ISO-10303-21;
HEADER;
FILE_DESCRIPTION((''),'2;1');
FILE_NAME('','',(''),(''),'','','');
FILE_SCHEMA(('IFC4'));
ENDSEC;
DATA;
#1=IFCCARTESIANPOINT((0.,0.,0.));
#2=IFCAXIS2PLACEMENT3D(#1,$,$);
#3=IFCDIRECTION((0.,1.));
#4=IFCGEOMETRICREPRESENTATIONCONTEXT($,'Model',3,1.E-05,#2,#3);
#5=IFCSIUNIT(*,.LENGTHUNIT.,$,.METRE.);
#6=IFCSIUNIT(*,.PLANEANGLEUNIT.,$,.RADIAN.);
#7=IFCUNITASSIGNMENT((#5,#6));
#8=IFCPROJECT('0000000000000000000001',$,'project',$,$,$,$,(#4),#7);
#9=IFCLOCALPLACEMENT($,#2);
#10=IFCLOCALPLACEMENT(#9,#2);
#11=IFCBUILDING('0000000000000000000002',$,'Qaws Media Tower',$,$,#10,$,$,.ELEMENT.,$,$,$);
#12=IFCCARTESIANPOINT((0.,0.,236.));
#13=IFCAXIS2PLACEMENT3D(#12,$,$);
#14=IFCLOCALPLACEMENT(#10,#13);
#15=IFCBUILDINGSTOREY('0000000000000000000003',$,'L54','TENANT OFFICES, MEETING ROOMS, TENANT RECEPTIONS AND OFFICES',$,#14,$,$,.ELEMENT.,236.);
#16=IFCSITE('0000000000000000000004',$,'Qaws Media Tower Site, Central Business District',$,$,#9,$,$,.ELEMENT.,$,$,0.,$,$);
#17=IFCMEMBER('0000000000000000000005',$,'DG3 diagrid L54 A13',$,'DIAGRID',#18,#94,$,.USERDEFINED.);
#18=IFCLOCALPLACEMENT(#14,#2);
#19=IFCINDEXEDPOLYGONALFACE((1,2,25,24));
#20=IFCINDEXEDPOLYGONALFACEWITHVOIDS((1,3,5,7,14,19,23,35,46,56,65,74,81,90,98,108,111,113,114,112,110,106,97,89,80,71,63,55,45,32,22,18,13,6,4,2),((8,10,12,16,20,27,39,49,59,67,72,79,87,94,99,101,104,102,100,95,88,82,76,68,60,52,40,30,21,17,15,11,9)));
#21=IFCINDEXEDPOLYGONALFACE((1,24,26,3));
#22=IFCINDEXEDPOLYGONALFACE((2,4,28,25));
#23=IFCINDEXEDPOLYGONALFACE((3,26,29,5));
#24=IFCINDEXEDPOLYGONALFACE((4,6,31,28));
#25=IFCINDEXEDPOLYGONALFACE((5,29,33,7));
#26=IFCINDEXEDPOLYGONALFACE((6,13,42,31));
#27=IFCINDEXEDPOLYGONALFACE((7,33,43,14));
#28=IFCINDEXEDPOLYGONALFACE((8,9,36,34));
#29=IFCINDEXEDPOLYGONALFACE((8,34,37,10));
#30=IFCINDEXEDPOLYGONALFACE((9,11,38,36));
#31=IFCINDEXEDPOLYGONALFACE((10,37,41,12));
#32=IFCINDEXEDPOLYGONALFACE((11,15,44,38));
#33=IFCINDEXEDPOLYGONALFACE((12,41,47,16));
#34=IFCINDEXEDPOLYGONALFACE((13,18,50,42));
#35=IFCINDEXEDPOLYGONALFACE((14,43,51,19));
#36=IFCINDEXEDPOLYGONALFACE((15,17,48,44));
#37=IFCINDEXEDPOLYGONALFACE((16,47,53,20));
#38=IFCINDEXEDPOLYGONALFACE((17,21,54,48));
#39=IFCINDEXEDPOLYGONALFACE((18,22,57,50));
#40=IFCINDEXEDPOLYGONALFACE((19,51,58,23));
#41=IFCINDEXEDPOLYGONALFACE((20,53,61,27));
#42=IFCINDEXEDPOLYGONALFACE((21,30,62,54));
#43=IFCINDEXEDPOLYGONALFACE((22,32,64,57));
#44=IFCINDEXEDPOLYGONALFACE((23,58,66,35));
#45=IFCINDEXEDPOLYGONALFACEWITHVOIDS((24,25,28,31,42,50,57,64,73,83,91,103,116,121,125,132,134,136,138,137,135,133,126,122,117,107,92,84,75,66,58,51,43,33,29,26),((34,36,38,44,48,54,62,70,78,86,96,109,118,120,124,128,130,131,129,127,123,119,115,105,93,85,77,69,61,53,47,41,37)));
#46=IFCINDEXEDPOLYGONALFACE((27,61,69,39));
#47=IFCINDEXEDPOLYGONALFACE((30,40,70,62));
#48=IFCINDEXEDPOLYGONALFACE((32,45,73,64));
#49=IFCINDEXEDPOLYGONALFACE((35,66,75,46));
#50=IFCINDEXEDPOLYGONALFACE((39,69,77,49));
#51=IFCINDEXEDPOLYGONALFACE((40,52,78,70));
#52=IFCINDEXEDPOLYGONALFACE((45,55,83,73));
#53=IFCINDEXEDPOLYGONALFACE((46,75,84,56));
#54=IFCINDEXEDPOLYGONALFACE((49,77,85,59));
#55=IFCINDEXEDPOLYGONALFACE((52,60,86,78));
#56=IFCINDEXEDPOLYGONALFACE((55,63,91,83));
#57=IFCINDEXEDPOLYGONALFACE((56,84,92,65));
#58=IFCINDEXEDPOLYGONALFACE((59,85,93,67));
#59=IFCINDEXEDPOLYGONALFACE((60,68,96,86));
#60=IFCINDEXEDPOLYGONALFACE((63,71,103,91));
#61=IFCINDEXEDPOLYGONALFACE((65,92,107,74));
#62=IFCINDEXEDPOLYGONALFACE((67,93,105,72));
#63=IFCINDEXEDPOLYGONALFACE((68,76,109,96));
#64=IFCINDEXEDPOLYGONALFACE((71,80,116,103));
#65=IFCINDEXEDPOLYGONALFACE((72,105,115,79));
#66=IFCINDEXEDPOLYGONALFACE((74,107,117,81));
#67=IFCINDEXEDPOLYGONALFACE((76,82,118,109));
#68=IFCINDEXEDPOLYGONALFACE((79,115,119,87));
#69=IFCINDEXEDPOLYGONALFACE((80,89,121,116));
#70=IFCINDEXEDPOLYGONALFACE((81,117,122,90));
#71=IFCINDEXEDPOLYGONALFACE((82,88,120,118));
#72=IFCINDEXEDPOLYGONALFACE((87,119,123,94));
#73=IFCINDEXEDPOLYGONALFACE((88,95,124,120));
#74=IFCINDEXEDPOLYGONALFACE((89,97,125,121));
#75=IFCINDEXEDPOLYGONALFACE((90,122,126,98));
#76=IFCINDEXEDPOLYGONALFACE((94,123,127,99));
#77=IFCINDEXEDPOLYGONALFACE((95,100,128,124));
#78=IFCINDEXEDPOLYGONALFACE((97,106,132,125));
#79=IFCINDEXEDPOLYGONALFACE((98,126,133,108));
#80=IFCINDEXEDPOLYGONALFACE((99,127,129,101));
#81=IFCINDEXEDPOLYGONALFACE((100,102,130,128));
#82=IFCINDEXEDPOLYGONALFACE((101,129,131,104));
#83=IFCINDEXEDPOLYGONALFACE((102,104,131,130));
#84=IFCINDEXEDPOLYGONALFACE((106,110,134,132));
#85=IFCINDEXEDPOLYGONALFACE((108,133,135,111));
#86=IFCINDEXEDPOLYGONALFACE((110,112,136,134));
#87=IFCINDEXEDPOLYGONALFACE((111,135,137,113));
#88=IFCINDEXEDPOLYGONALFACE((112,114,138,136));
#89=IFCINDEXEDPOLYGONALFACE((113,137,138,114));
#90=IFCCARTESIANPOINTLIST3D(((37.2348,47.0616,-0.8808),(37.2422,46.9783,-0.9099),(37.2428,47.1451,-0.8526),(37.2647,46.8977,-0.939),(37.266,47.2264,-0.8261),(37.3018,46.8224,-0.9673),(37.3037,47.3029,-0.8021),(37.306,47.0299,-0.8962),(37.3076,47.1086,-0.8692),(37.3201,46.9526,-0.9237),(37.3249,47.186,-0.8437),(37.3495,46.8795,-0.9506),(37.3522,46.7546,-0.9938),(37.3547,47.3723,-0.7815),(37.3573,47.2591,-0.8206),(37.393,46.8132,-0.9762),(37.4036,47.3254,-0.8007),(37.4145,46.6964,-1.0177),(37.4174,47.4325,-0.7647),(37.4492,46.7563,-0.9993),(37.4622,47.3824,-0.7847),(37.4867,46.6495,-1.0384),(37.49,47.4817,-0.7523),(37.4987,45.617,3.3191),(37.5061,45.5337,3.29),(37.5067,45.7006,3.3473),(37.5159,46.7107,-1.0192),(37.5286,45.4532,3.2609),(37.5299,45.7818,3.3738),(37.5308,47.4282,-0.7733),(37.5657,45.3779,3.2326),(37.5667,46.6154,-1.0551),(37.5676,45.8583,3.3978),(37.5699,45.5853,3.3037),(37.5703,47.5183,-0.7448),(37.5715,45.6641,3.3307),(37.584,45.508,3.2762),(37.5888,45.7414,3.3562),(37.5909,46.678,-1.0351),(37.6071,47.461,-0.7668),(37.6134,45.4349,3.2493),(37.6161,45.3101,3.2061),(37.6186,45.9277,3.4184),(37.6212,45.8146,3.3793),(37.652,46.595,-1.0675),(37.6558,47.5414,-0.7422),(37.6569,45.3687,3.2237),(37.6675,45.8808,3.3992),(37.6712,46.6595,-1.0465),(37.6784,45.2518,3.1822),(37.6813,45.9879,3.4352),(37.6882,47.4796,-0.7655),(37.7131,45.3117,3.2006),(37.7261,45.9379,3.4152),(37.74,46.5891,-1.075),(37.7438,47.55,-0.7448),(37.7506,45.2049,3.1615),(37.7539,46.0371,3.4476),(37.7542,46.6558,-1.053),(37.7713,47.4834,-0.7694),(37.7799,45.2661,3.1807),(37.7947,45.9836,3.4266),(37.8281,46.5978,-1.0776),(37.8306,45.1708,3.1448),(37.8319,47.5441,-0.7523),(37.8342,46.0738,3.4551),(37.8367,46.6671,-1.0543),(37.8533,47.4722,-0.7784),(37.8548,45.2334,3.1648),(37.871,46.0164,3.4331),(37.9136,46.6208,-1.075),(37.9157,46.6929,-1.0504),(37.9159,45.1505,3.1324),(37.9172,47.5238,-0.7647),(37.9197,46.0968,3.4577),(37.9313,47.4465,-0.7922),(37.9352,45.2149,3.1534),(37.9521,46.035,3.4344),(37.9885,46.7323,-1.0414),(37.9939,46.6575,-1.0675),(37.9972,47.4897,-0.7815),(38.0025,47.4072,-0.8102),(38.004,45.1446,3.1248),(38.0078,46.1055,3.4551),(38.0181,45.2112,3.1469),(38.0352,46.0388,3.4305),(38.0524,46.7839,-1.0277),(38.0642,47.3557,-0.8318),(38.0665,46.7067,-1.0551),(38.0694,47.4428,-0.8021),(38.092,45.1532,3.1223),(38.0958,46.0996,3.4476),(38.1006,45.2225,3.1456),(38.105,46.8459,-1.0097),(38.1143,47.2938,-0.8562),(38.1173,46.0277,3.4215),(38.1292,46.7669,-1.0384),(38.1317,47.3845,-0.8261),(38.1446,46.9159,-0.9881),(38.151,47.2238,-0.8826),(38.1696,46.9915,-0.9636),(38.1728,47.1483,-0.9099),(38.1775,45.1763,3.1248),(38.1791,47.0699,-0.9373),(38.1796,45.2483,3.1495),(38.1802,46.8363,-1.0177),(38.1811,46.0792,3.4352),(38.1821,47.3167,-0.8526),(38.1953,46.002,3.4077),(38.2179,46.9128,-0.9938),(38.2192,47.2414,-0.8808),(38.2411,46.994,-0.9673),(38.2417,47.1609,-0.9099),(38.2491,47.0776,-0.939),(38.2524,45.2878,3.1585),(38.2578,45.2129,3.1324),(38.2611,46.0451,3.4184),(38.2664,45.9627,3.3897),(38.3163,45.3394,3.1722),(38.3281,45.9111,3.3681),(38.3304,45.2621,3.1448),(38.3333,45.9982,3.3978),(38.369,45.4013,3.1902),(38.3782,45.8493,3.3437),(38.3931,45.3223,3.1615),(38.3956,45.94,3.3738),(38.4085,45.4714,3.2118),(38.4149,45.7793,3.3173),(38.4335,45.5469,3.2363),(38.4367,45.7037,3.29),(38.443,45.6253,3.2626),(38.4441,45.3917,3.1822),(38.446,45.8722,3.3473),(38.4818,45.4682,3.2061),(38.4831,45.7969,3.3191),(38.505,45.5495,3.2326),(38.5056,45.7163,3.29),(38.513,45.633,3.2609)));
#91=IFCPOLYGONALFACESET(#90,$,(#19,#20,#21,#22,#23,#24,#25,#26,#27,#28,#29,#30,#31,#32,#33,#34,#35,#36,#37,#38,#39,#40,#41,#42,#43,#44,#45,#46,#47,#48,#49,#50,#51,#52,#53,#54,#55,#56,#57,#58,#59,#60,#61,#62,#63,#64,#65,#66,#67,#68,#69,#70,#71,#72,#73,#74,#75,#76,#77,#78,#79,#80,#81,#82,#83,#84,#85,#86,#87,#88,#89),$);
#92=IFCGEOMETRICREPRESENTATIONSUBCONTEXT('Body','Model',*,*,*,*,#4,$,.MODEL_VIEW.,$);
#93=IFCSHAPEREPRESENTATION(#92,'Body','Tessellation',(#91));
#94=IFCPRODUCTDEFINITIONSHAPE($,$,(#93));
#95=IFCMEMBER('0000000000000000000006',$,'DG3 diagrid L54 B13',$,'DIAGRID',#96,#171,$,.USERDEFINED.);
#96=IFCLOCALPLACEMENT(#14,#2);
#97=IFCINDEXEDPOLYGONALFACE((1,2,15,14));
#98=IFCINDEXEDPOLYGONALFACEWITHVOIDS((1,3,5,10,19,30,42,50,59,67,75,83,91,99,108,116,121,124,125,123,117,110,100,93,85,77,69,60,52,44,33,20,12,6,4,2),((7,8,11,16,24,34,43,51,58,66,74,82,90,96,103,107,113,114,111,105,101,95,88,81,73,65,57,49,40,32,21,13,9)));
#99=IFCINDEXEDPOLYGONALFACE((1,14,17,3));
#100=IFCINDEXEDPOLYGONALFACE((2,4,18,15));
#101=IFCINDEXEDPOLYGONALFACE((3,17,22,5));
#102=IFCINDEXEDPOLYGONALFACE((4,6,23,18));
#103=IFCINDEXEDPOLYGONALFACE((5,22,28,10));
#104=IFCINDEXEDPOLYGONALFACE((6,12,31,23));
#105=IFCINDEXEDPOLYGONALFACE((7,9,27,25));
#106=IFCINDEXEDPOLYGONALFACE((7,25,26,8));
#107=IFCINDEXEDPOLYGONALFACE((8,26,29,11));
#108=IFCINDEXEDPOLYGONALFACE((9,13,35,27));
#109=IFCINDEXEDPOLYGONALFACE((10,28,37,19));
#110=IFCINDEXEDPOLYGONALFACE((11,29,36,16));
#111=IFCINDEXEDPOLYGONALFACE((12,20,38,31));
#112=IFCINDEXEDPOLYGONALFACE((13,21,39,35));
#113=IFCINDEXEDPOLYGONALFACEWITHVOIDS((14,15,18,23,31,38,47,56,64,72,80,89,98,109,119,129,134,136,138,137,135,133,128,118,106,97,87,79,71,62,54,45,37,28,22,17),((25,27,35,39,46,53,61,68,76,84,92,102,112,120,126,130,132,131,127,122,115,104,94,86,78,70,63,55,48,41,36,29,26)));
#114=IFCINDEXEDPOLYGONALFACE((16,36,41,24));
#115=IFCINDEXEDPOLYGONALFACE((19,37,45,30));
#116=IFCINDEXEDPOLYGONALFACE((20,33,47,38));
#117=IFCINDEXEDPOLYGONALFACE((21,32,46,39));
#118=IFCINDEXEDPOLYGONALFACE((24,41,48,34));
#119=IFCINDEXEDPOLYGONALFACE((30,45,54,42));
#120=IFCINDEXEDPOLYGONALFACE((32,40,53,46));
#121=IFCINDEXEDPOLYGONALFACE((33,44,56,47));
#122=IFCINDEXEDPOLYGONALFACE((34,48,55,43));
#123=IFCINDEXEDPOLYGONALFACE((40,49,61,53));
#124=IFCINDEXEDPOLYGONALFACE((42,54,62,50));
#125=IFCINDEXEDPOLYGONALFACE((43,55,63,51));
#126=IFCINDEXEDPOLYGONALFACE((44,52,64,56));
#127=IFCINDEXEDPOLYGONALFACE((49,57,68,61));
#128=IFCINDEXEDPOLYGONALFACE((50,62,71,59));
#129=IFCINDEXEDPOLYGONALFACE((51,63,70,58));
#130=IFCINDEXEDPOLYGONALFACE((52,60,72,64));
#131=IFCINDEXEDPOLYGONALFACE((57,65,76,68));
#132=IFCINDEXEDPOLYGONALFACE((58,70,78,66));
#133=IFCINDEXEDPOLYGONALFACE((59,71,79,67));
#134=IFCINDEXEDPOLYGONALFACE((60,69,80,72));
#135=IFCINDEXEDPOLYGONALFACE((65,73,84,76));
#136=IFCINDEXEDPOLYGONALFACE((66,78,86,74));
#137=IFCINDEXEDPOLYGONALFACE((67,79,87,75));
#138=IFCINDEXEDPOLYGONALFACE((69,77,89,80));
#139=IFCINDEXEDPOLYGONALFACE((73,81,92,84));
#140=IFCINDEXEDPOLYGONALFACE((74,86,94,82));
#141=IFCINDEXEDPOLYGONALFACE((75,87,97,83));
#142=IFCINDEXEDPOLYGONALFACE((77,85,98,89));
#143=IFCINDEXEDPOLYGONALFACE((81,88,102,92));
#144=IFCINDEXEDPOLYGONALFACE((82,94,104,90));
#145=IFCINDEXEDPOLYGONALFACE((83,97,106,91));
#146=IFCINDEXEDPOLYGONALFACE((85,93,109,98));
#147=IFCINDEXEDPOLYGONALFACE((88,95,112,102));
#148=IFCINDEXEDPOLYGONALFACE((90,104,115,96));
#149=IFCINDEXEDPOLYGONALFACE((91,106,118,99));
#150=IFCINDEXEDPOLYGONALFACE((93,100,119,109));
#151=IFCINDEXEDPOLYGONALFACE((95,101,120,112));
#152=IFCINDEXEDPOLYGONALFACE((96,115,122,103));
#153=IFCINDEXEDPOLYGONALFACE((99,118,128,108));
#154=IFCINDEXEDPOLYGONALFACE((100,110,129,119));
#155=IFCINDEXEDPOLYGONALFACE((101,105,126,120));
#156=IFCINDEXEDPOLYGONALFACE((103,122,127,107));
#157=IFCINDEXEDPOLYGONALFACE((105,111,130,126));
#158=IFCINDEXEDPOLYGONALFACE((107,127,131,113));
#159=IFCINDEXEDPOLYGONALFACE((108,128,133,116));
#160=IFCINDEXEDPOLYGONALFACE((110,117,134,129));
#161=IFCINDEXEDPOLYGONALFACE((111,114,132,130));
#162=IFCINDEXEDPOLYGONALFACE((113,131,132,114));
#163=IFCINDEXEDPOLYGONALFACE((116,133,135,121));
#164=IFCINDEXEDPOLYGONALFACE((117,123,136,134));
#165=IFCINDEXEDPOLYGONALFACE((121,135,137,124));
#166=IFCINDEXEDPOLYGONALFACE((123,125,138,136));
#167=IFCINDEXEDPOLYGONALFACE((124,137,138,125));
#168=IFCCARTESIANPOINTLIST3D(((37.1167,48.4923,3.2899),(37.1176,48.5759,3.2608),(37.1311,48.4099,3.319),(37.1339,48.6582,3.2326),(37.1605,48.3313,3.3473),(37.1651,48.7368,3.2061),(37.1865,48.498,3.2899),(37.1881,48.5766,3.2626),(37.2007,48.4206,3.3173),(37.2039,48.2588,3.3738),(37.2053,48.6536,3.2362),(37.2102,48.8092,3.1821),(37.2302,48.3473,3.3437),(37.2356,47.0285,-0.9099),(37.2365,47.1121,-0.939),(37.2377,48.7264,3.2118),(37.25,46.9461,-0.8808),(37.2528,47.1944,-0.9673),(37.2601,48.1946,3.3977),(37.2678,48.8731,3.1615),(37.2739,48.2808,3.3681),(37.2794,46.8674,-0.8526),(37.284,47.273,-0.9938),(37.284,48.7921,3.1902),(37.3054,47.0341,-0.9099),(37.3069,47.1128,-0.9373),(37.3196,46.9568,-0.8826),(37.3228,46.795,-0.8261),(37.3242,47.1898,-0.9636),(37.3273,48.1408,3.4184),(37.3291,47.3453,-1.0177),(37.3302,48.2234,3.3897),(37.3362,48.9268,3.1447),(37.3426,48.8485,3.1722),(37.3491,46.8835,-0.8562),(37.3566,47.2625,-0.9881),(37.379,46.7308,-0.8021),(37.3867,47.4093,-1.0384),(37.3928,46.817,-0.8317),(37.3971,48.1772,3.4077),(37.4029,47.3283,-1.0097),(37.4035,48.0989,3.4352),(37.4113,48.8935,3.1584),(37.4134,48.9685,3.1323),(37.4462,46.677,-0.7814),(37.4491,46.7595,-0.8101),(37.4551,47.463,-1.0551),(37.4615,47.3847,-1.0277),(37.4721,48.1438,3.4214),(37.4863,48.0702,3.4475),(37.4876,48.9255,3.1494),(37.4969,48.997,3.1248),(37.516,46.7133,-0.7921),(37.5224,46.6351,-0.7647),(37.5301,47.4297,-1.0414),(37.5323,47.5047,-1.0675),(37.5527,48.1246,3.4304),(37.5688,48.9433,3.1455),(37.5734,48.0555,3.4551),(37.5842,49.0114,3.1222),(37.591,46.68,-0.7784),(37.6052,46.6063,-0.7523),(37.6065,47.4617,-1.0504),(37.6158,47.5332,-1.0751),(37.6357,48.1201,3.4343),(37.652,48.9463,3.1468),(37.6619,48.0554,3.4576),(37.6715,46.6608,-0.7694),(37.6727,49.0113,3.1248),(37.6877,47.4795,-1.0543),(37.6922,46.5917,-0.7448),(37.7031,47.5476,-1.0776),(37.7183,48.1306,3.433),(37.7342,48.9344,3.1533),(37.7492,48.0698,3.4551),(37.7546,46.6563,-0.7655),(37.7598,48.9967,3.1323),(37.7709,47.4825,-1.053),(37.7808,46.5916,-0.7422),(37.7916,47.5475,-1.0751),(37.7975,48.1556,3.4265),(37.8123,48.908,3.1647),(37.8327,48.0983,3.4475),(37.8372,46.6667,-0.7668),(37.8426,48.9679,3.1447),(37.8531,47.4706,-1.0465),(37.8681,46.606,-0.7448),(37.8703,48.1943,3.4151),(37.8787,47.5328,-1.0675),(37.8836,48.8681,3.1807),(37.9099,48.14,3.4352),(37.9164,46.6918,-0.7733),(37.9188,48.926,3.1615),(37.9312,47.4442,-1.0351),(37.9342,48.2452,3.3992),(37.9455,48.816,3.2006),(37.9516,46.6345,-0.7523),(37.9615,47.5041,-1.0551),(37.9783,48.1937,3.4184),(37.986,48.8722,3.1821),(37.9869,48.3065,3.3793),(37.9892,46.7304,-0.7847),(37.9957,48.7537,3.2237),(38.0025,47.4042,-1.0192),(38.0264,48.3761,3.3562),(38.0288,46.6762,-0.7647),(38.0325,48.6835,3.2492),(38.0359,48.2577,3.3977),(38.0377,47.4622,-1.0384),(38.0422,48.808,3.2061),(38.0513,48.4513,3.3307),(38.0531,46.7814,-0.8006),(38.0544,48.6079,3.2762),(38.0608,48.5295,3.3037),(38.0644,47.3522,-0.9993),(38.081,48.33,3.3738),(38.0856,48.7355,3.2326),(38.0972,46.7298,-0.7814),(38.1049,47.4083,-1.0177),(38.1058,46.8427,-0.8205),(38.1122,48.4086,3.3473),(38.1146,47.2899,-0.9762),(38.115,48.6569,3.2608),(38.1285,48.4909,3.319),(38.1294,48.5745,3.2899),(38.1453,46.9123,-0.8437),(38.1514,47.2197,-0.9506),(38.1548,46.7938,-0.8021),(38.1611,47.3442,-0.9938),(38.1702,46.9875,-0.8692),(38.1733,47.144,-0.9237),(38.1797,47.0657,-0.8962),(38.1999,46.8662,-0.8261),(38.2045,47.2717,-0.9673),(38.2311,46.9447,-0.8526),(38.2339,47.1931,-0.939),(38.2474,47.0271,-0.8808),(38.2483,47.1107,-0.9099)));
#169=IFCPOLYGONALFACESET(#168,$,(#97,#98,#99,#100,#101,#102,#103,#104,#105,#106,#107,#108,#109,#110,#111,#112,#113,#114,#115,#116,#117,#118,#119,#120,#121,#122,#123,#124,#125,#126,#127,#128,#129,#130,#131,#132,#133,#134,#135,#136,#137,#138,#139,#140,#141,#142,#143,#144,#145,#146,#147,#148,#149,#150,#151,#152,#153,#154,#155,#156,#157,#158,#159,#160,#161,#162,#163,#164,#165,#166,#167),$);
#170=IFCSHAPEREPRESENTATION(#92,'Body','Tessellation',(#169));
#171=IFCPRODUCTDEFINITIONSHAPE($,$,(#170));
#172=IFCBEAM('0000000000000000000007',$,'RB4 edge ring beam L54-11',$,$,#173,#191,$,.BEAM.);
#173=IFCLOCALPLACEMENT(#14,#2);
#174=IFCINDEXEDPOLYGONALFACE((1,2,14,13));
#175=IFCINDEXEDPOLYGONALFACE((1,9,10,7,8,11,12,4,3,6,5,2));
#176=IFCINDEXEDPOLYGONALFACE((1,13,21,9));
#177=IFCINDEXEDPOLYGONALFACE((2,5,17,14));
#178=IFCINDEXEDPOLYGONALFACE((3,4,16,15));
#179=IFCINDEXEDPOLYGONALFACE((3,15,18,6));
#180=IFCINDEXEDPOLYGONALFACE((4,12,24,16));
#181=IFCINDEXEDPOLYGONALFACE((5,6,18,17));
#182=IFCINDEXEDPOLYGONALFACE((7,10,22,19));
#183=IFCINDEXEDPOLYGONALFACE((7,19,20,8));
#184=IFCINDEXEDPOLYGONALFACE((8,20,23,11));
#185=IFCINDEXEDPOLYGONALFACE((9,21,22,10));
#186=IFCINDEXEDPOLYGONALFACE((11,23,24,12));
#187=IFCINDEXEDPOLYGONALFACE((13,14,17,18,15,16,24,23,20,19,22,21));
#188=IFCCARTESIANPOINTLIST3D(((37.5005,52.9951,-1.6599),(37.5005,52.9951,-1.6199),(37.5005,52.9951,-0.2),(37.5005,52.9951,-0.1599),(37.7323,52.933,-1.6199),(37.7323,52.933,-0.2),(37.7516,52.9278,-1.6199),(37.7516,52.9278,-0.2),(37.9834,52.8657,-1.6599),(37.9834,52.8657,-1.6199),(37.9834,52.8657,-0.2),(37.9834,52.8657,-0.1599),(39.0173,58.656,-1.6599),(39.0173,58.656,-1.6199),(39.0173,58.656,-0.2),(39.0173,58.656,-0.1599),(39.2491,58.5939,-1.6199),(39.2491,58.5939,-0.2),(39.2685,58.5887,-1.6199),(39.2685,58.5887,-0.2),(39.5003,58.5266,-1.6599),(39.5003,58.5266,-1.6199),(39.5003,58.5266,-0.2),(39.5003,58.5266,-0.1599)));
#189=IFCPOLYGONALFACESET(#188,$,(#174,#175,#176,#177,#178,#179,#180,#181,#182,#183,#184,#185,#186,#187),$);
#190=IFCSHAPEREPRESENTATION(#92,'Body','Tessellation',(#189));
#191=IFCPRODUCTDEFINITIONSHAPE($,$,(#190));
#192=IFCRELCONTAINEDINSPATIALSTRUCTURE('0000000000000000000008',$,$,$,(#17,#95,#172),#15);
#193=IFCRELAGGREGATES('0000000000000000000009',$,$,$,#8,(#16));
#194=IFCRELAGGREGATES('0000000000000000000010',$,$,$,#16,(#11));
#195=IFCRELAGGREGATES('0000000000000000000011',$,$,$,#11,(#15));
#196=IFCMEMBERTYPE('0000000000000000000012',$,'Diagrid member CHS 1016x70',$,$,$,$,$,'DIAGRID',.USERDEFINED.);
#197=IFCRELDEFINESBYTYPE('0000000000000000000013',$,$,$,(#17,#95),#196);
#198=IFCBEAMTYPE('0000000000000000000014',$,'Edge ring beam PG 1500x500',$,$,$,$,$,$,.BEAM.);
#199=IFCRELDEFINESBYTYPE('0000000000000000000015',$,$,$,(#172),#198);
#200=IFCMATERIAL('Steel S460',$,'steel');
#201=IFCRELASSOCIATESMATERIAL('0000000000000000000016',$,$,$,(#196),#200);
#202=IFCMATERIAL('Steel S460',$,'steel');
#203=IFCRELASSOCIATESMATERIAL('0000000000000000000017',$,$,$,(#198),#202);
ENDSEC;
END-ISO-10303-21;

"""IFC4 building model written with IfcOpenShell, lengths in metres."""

from ifc_helpers import new_model, si_unit, direction, frame, origin, origin_2d, place, context, subcontext, project, spatial, hollow_circle, i_section, extrude, material, material_profile, profile_set, type_object, element, save


model = new_model("IFC4")

# Units and contexts
model_context = context("Model", 3, precision=1e-05, world=origin(), true_north=direction((0.0, 1.0)))
body_context = subcontext(model_context, "Body", "Model", "MODEL_VIEW")
ifc_project = project(units=[si_unit("LENGTHUNIT", "METRE"), si_unit("PLANEANGLEUNIT", "RADIAN")], contexts=[model_context])

# Site, building, storey
site_placement = place(None, origin())
site = spatial("IfcSite", under=ifc_project, at=site_placement, Name="Qaws Media Tower Site, Central Business District", CompositionType="ELEMENT", RefElevation=0.0)
building_placement = place(site_placement, origin())
building = spatial("IfcBuilding", under=site, at=building_placement, Name="Qaws Media Tower", CompositionType="ELEMENT")
storey_placement = place(building_placement, frame((0.0, 0.0, 236.0)))
storey = spatial("IfcBuildingStorey", under=building, at=storey_placement, Name="L54", Description="TENANT OFFICES, MEETING ROOMS, TENANT RECEPTIONS AND OFFICES", CompositionType="ELEMENT", Elevation=236.0)

# Members
ifc_material_1 = material(Name="Steel S460", Category="steel")
ifc_material_profile_1 = material_profile(ifc_material_1, hollow_circle(Radius=0.5081, WallThickness=0.0701, at=origin_2d()), Name="CHS 1016x70")
ifc_profile_set_1 = profile_set([ifc_material_profile_1], Name="Steel S460")
member_type_1 = type_object("IfcMemberType", Name="Diagrid member CHS 1016x70", ElementType="DIAGRID", PredefinedType="USERDEFINED", material=ifc_profile_set_1)
for number, where, z_axis, x_axis, name in (
    (1, (37.7419, 47.0696, -0.9099), (0.059317, -0.324678, 0.943963), (0.983718, 0.179719, 0.0), "DG3 diagrid L54 A13"),
    (2, (37.7419, 47.0696, -0.9099), (-0.026722, 0.329008, 0.943949), (-0.996718, -0.080954, 0.0), "DG3 diagrid L54 B13"),
):
    element("IfcMember", number, at=place(storey_placement, frame(where, z_axis=z_axis, x_axis=x_axis)), inside=storey, type_object=member_type_1, Name=name, ObjectType="DIAGRID", PredefinedType="USERDEFINED", context=body_context, shape_type="SweptSolid", body=[
        extrude(hollow_circle(Radius=0.5081, WallThickness=0.0701, at=origin_2d()), origin(), (0.0, 0.0, 1.0), 4.4492),
    ])

# Beam
ifc_material_2 = material(Name="Steel S460", Category="steel")
ifc_material_profile_2 = material_profile(ifc_material_2, i_section(OverallWidth=0.5, OverallDepth=1.5, WebThickness=0.02, FlangeThickness=0.04, at=origin_2d()), Name="PG 1500x500")
ifc_profile_set_2 = profile_set([ifc_material_profile_2], Name="Steel S460")
beam_type = type_object("IfcBeamType", Name="Edge ring beam PG 1500x500", PredefinedType="BEAM", material=ifc_profile_set_2)
beam_1_placement = place(storey_placement, frame((39.2588, 58.5913, -0.9099), z_axis=(-0.258821, -0.965925, 0.0), x_axis=(0.965925, -0.258821, 0.0)))
element("IfcBeam", 3, at=beam_1_placement, inside=storey, type_object=beam_type, Name="RB4 edge ring beam L54-11", PredefinedType="BEAM", context=body_context, shape_type="SweptSolid", body=[
    extrude(i_section(OverallWidth=0.5, OverallDepth=1.5, WebThickness=0.02, FlangeThickness=0.04, at=origin_2d()), origin(), (0.0, 0.0, 1.0), 5.8606),
])

save(model, "model.ifc")
